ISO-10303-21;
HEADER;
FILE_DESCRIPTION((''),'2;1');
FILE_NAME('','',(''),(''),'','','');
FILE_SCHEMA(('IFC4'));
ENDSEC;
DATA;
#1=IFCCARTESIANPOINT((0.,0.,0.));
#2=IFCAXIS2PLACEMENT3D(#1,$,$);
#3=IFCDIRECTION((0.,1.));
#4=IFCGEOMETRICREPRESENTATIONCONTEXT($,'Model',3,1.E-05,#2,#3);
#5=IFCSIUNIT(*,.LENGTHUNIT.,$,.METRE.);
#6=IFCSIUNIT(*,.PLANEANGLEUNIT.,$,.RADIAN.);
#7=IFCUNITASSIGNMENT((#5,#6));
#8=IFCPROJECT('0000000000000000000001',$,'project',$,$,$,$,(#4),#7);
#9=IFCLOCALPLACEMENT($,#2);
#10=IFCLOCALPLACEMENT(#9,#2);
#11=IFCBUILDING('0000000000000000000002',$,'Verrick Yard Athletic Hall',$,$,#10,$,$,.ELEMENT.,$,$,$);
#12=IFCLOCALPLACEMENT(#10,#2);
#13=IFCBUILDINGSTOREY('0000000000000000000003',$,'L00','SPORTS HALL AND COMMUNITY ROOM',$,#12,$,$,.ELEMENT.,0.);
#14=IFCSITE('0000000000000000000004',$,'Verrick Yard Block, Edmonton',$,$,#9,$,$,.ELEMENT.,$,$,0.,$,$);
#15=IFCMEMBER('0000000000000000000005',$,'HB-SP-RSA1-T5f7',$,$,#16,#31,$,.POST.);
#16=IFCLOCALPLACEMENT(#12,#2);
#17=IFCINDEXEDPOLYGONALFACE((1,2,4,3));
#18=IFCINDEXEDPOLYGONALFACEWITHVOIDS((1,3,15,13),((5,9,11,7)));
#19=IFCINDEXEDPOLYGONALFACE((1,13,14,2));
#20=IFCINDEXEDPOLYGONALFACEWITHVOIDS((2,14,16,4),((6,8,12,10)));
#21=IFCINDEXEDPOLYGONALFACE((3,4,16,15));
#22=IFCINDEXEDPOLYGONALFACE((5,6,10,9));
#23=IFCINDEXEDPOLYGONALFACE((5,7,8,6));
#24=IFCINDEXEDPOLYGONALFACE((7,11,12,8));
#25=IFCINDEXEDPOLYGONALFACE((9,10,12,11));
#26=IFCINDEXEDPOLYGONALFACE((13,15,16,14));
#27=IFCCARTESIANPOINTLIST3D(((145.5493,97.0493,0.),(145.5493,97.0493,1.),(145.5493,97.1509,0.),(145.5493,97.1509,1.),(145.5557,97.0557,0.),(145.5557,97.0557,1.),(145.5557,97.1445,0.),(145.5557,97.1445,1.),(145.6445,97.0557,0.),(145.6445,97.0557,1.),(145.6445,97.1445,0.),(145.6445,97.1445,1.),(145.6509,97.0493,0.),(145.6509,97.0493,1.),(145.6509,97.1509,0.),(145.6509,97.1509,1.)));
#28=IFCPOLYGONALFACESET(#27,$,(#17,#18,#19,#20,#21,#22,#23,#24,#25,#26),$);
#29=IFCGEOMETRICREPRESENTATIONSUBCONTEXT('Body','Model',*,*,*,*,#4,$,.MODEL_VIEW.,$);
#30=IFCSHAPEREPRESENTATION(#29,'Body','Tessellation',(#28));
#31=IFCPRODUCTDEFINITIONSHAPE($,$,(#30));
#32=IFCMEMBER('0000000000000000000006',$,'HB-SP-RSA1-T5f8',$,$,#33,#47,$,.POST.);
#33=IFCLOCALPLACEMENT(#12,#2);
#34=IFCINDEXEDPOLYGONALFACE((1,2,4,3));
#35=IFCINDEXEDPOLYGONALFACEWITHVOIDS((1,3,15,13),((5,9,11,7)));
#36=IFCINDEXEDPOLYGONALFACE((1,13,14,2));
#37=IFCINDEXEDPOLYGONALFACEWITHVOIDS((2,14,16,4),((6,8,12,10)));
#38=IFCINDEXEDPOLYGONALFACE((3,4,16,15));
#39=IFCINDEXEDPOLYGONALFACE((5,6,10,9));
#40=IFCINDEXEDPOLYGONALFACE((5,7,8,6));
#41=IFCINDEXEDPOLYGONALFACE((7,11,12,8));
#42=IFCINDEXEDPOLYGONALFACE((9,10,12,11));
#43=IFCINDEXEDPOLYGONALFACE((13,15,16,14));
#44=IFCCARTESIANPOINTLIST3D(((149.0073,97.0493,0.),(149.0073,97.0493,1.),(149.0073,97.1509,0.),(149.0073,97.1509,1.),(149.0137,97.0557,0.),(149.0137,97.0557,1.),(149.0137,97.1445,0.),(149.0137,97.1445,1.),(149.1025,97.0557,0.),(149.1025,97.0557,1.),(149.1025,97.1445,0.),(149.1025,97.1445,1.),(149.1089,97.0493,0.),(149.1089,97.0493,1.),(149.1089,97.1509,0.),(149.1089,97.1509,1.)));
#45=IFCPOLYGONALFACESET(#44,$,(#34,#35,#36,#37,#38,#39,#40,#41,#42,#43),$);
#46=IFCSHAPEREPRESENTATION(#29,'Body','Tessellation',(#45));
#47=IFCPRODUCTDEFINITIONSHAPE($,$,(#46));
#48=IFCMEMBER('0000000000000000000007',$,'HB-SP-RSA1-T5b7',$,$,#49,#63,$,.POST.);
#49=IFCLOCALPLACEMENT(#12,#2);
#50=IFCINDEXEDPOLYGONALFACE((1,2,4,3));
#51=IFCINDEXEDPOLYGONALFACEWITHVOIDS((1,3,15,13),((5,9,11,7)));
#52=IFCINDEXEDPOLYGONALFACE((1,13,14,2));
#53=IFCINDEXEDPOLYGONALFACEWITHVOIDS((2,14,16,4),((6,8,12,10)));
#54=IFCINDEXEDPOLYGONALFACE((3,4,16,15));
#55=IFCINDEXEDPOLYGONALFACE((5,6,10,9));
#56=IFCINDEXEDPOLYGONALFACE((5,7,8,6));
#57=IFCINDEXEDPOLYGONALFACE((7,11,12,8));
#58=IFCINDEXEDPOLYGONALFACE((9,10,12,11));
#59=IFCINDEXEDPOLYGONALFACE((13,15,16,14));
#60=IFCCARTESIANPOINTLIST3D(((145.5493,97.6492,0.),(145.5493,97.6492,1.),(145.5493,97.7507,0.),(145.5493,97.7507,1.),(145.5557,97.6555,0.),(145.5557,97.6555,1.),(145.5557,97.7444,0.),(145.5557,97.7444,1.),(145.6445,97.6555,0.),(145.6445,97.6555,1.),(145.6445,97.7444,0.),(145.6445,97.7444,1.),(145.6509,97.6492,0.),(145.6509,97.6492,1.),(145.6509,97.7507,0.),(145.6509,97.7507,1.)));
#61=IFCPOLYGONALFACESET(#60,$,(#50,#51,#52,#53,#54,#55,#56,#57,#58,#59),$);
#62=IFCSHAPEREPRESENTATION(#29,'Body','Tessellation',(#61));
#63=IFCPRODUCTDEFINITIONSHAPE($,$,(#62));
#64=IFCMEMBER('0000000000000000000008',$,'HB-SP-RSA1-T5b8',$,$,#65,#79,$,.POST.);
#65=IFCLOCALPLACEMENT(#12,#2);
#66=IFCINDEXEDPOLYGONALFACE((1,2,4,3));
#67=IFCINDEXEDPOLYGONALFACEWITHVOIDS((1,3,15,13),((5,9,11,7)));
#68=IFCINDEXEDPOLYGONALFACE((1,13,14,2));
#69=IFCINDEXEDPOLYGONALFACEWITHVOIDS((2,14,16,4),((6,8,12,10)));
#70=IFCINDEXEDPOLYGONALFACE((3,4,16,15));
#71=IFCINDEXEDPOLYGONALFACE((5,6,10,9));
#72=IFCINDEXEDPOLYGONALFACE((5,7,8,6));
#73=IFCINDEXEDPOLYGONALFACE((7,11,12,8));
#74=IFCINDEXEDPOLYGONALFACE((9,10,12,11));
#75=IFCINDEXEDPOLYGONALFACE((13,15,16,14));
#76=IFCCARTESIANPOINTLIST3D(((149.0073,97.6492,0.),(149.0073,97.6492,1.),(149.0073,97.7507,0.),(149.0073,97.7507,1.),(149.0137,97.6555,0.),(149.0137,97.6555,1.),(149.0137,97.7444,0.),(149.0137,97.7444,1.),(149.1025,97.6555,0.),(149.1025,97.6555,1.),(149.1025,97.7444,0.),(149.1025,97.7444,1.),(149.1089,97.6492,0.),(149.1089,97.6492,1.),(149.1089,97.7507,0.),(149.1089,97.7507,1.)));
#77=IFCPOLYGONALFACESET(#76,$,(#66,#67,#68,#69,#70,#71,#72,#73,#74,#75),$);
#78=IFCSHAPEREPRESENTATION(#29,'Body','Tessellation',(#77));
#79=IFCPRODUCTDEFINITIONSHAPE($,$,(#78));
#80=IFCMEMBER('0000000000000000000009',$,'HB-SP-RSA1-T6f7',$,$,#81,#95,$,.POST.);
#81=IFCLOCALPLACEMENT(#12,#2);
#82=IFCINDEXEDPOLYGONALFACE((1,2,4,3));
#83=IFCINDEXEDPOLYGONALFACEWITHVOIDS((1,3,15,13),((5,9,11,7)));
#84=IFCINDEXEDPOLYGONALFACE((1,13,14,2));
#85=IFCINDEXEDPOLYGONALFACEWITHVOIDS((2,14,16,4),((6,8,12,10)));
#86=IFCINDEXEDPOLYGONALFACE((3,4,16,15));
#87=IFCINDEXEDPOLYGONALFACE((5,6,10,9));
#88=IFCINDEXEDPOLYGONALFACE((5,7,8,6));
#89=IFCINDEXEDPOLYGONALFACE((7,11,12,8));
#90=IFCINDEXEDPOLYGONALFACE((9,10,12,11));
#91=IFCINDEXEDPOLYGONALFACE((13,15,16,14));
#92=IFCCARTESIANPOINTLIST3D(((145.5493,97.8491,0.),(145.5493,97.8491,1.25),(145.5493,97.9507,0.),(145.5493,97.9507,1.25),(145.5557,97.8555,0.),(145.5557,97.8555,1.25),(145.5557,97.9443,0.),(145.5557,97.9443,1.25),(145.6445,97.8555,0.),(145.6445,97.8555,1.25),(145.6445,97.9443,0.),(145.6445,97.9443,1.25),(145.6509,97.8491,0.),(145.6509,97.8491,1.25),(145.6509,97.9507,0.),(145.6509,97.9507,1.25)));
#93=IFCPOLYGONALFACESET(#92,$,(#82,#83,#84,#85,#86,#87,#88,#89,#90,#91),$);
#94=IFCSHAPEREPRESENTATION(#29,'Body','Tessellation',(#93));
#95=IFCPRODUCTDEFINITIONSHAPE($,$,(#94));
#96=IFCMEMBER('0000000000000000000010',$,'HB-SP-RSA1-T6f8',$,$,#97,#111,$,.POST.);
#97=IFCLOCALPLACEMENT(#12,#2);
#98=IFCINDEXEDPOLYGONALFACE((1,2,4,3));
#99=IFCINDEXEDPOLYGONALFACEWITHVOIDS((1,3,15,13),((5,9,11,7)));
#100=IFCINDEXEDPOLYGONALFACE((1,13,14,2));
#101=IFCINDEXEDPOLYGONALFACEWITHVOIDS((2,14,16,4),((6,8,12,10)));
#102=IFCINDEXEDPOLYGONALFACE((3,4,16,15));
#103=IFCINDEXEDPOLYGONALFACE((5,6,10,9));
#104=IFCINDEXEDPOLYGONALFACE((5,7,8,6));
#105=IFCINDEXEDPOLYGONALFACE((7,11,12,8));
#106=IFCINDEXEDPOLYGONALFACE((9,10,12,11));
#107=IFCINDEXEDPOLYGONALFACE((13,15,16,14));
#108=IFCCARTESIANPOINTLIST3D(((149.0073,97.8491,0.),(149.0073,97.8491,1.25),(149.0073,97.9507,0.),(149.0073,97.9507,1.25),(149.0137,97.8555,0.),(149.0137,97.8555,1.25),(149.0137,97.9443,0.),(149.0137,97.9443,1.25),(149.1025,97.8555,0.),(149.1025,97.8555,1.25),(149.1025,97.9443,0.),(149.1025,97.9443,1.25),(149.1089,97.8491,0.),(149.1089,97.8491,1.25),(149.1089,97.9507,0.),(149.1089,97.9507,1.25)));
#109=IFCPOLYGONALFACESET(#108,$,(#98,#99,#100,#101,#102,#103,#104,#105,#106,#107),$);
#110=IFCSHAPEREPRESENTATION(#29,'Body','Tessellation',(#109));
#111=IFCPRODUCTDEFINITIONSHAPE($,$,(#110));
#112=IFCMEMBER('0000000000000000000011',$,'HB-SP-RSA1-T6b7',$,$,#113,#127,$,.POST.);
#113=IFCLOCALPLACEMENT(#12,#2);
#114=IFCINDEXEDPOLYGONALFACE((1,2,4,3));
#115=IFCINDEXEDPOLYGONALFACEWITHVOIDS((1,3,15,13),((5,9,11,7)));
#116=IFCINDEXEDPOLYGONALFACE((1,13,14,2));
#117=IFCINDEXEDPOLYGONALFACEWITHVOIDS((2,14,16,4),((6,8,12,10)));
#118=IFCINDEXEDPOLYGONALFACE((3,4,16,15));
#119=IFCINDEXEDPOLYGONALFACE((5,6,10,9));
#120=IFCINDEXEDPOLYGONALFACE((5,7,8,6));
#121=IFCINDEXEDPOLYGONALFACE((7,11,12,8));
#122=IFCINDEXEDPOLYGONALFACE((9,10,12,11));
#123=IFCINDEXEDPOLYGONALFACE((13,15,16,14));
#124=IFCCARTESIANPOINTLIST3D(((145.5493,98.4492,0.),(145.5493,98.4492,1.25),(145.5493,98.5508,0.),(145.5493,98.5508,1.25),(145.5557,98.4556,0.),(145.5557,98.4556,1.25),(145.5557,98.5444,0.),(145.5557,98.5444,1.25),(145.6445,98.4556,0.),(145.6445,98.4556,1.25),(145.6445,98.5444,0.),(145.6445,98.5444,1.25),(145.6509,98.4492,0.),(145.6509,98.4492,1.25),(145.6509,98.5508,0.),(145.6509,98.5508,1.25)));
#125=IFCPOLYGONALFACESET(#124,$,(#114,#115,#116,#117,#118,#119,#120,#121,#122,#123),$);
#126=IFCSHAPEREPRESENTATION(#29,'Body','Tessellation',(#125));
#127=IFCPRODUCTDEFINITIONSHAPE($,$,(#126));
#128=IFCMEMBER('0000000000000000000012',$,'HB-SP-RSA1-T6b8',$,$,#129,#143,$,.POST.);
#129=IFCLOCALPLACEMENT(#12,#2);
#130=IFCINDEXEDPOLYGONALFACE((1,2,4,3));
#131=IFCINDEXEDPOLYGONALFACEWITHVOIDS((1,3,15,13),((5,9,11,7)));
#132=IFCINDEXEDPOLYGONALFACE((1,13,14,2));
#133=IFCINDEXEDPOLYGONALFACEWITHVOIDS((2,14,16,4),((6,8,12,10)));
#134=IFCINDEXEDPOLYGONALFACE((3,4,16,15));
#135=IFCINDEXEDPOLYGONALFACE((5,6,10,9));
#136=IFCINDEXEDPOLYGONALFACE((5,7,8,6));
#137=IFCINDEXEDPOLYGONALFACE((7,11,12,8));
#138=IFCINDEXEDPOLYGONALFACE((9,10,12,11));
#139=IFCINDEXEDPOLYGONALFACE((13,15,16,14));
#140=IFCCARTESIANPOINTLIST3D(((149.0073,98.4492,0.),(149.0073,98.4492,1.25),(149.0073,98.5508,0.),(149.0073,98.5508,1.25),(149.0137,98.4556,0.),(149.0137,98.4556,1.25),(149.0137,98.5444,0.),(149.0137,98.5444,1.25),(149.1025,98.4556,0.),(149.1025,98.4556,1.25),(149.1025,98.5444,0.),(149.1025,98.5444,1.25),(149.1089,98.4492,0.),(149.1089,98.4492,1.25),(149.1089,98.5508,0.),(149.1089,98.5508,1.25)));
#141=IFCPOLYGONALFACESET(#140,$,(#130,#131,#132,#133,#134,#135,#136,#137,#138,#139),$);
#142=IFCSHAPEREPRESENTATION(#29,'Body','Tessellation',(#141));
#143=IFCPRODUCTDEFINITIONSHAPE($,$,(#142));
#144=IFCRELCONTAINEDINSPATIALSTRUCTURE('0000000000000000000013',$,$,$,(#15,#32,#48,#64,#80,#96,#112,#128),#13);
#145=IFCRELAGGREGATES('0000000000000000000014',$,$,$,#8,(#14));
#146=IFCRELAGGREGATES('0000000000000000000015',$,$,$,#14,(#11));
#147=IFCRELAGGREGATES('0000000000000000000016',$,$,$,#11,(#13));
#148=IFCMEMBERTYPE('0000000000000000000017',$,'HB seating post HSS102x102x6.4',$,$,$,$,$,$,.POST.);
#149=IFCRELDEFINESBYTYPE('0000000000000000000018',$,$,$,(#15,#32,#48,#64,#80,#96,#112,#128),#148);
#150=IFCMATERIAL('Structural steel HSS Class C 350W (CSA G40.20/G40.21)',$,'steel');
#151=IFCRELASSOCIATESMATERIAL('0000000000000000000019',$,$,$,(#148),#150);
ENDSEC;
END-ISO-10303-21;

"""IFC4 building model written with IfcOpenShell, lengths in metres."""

from ifc_helpers import new_model, si_unit, direction, frame, origin, origin_2d, place, context, subcontext, project, spatial, hollow_rectangle, extrude, material, material_profile, profile_set, type_object, element, save


model = new_model("IFC4")

# Units and contexts
model_context = context("Model", 3, precision=1e-05, world=origin(), true_north=direction((0.0, 1.0)))
body_context = subcontext(model_context, "Body", "Model", "MODEL_VIEW")
ifc_project = project(units=[si_unit("LENGTHUNIT", "METRE"), si_unit("PLANEANGLEUNIT", "RADIAN")], contexts=[model_context])

# Site, building, storey
site_placement = place(None, origin())
site = spatial("IfcSite", under=ifc_project, at=site_placement, Name="Verrick Yard Block, Edmonton", CompositionType="ELEMENT", RefElevation=0.0)
building_placement = place(site_placement, origin())
building = spatial("IfcBuilding", under=site, at=building_placement, Name="Verrick Yard Athletic Hall", CompositionType="ELEMENT")
storey_placement = place(building_placement, origin())
storey = spatial("IfcBuildingStorey", under=building, at=storey_placement, Name="L00", Description="SPORTS HALL AND COMMUNITY ROOM", CompositionType="ELEMENT", Elevation=0.0)

# Members
ifc_material = material(Name="Structural steel HSS Class C 350W (CSA G40.20/G40.21)", Category="steel")
ifc_material_profile = material_profile(ifc_material, hollow_rectangle(XDim=0.1016, YDim=0.1016, WallThickness=0.0063, at=origin_2d()), Name="HSS102x102x6.4")
ifc_profile_set = profile_set([ifc_material_profile], Name="Structural steel HSS Class C 350W (CSA G40.20/G40.21)")
member_type = type_object("IfcMemberType", Name="HB seating post HSS102x102x6.4", PredefinedType="POST", material=ifc_profile_set)
for number, where, z_axis, x_axis, name in (
    (1, (145.6001, 97.1001, 0.0), (0.0, 0.0, 1.0), (0.0, 1.0, 0.0), "HB-SP-RSA1-T5f7"),
    (2, (149.0581, 97.1001, 0.0), (0.0, 0.0, 1.0), (0.0, 1.0, 0.0), "HB-SP-RSA1-T5f8"),
    (3, (145.6001, 97.7, 0.0), (0.0, 0.0, 1.0), (0.0, 1.0, 0.0), "HB-SP-RSA1-T5b7"),
    (4, (149.0581, 97.7, 0.0), (0.0, 0.0, 1.0), (0.0, 1.0, 0.0), "HB-SP-RSA1-T5b8"),
):
    element("IfcMember", number, at=place(storey_placement, frame(where, z_axis=z_axis, x_axis=x_axis)), inside=storey, type_object=member_type, Name=name, PredefinedType="POST", context=body_context, shape_type="SweptSolid", body=[
        extrude(hollow_rectangle(XDim=0.1016, YDim=0.1016, WallThickness=0.0063, at=origin_2d()), origin(), (0.0, 0.0, 1.0), 1.0),
    ])
for number, where, z_axis, x_axis, name in (
    (5, (145.6001, 97.8999, 0.0), (0.0, 0.0, 1.0), (0.0, 1.0, 0.0), "HB-SP-RSA1-T6f7"),
    (6, (149.0581, 97.8999, 0.0), (0.0, 0.0, 1.0), (0.0, 1.0, 0.0), "HB-SP-RSA1-T6f8"),
    (7, (145.6001, 98.5, 0.0), (0.0, 0.0, 1.0), (0.0, 1.0, 0.0), "HB-SP-RSA1-T6b7"),
    (8, (149.0581, 98.5, 0.0), (0.0, 0.0, 1.0), (0.0, 1.0, 0.0), "HB-SP-RSA1-T6b8"),
):
    element("IfcMember", number, at=place(storey_placement, frame(where, z_axis=z_axis, x_axis=x_axis)), inside=storey, type_object=member_type, Name=name, PredefinedType="POST", context=body_context, shape_type="SweptSolid", body=[
        extrude(hollow_rectangle(XDim=0.1016, YDim=0.1016, WallThickness=0.0063, at=origin_2d()), origin(), (0.0, 0.0, 1.0), 1.25),
    ])

save(model, "model.ifc")
